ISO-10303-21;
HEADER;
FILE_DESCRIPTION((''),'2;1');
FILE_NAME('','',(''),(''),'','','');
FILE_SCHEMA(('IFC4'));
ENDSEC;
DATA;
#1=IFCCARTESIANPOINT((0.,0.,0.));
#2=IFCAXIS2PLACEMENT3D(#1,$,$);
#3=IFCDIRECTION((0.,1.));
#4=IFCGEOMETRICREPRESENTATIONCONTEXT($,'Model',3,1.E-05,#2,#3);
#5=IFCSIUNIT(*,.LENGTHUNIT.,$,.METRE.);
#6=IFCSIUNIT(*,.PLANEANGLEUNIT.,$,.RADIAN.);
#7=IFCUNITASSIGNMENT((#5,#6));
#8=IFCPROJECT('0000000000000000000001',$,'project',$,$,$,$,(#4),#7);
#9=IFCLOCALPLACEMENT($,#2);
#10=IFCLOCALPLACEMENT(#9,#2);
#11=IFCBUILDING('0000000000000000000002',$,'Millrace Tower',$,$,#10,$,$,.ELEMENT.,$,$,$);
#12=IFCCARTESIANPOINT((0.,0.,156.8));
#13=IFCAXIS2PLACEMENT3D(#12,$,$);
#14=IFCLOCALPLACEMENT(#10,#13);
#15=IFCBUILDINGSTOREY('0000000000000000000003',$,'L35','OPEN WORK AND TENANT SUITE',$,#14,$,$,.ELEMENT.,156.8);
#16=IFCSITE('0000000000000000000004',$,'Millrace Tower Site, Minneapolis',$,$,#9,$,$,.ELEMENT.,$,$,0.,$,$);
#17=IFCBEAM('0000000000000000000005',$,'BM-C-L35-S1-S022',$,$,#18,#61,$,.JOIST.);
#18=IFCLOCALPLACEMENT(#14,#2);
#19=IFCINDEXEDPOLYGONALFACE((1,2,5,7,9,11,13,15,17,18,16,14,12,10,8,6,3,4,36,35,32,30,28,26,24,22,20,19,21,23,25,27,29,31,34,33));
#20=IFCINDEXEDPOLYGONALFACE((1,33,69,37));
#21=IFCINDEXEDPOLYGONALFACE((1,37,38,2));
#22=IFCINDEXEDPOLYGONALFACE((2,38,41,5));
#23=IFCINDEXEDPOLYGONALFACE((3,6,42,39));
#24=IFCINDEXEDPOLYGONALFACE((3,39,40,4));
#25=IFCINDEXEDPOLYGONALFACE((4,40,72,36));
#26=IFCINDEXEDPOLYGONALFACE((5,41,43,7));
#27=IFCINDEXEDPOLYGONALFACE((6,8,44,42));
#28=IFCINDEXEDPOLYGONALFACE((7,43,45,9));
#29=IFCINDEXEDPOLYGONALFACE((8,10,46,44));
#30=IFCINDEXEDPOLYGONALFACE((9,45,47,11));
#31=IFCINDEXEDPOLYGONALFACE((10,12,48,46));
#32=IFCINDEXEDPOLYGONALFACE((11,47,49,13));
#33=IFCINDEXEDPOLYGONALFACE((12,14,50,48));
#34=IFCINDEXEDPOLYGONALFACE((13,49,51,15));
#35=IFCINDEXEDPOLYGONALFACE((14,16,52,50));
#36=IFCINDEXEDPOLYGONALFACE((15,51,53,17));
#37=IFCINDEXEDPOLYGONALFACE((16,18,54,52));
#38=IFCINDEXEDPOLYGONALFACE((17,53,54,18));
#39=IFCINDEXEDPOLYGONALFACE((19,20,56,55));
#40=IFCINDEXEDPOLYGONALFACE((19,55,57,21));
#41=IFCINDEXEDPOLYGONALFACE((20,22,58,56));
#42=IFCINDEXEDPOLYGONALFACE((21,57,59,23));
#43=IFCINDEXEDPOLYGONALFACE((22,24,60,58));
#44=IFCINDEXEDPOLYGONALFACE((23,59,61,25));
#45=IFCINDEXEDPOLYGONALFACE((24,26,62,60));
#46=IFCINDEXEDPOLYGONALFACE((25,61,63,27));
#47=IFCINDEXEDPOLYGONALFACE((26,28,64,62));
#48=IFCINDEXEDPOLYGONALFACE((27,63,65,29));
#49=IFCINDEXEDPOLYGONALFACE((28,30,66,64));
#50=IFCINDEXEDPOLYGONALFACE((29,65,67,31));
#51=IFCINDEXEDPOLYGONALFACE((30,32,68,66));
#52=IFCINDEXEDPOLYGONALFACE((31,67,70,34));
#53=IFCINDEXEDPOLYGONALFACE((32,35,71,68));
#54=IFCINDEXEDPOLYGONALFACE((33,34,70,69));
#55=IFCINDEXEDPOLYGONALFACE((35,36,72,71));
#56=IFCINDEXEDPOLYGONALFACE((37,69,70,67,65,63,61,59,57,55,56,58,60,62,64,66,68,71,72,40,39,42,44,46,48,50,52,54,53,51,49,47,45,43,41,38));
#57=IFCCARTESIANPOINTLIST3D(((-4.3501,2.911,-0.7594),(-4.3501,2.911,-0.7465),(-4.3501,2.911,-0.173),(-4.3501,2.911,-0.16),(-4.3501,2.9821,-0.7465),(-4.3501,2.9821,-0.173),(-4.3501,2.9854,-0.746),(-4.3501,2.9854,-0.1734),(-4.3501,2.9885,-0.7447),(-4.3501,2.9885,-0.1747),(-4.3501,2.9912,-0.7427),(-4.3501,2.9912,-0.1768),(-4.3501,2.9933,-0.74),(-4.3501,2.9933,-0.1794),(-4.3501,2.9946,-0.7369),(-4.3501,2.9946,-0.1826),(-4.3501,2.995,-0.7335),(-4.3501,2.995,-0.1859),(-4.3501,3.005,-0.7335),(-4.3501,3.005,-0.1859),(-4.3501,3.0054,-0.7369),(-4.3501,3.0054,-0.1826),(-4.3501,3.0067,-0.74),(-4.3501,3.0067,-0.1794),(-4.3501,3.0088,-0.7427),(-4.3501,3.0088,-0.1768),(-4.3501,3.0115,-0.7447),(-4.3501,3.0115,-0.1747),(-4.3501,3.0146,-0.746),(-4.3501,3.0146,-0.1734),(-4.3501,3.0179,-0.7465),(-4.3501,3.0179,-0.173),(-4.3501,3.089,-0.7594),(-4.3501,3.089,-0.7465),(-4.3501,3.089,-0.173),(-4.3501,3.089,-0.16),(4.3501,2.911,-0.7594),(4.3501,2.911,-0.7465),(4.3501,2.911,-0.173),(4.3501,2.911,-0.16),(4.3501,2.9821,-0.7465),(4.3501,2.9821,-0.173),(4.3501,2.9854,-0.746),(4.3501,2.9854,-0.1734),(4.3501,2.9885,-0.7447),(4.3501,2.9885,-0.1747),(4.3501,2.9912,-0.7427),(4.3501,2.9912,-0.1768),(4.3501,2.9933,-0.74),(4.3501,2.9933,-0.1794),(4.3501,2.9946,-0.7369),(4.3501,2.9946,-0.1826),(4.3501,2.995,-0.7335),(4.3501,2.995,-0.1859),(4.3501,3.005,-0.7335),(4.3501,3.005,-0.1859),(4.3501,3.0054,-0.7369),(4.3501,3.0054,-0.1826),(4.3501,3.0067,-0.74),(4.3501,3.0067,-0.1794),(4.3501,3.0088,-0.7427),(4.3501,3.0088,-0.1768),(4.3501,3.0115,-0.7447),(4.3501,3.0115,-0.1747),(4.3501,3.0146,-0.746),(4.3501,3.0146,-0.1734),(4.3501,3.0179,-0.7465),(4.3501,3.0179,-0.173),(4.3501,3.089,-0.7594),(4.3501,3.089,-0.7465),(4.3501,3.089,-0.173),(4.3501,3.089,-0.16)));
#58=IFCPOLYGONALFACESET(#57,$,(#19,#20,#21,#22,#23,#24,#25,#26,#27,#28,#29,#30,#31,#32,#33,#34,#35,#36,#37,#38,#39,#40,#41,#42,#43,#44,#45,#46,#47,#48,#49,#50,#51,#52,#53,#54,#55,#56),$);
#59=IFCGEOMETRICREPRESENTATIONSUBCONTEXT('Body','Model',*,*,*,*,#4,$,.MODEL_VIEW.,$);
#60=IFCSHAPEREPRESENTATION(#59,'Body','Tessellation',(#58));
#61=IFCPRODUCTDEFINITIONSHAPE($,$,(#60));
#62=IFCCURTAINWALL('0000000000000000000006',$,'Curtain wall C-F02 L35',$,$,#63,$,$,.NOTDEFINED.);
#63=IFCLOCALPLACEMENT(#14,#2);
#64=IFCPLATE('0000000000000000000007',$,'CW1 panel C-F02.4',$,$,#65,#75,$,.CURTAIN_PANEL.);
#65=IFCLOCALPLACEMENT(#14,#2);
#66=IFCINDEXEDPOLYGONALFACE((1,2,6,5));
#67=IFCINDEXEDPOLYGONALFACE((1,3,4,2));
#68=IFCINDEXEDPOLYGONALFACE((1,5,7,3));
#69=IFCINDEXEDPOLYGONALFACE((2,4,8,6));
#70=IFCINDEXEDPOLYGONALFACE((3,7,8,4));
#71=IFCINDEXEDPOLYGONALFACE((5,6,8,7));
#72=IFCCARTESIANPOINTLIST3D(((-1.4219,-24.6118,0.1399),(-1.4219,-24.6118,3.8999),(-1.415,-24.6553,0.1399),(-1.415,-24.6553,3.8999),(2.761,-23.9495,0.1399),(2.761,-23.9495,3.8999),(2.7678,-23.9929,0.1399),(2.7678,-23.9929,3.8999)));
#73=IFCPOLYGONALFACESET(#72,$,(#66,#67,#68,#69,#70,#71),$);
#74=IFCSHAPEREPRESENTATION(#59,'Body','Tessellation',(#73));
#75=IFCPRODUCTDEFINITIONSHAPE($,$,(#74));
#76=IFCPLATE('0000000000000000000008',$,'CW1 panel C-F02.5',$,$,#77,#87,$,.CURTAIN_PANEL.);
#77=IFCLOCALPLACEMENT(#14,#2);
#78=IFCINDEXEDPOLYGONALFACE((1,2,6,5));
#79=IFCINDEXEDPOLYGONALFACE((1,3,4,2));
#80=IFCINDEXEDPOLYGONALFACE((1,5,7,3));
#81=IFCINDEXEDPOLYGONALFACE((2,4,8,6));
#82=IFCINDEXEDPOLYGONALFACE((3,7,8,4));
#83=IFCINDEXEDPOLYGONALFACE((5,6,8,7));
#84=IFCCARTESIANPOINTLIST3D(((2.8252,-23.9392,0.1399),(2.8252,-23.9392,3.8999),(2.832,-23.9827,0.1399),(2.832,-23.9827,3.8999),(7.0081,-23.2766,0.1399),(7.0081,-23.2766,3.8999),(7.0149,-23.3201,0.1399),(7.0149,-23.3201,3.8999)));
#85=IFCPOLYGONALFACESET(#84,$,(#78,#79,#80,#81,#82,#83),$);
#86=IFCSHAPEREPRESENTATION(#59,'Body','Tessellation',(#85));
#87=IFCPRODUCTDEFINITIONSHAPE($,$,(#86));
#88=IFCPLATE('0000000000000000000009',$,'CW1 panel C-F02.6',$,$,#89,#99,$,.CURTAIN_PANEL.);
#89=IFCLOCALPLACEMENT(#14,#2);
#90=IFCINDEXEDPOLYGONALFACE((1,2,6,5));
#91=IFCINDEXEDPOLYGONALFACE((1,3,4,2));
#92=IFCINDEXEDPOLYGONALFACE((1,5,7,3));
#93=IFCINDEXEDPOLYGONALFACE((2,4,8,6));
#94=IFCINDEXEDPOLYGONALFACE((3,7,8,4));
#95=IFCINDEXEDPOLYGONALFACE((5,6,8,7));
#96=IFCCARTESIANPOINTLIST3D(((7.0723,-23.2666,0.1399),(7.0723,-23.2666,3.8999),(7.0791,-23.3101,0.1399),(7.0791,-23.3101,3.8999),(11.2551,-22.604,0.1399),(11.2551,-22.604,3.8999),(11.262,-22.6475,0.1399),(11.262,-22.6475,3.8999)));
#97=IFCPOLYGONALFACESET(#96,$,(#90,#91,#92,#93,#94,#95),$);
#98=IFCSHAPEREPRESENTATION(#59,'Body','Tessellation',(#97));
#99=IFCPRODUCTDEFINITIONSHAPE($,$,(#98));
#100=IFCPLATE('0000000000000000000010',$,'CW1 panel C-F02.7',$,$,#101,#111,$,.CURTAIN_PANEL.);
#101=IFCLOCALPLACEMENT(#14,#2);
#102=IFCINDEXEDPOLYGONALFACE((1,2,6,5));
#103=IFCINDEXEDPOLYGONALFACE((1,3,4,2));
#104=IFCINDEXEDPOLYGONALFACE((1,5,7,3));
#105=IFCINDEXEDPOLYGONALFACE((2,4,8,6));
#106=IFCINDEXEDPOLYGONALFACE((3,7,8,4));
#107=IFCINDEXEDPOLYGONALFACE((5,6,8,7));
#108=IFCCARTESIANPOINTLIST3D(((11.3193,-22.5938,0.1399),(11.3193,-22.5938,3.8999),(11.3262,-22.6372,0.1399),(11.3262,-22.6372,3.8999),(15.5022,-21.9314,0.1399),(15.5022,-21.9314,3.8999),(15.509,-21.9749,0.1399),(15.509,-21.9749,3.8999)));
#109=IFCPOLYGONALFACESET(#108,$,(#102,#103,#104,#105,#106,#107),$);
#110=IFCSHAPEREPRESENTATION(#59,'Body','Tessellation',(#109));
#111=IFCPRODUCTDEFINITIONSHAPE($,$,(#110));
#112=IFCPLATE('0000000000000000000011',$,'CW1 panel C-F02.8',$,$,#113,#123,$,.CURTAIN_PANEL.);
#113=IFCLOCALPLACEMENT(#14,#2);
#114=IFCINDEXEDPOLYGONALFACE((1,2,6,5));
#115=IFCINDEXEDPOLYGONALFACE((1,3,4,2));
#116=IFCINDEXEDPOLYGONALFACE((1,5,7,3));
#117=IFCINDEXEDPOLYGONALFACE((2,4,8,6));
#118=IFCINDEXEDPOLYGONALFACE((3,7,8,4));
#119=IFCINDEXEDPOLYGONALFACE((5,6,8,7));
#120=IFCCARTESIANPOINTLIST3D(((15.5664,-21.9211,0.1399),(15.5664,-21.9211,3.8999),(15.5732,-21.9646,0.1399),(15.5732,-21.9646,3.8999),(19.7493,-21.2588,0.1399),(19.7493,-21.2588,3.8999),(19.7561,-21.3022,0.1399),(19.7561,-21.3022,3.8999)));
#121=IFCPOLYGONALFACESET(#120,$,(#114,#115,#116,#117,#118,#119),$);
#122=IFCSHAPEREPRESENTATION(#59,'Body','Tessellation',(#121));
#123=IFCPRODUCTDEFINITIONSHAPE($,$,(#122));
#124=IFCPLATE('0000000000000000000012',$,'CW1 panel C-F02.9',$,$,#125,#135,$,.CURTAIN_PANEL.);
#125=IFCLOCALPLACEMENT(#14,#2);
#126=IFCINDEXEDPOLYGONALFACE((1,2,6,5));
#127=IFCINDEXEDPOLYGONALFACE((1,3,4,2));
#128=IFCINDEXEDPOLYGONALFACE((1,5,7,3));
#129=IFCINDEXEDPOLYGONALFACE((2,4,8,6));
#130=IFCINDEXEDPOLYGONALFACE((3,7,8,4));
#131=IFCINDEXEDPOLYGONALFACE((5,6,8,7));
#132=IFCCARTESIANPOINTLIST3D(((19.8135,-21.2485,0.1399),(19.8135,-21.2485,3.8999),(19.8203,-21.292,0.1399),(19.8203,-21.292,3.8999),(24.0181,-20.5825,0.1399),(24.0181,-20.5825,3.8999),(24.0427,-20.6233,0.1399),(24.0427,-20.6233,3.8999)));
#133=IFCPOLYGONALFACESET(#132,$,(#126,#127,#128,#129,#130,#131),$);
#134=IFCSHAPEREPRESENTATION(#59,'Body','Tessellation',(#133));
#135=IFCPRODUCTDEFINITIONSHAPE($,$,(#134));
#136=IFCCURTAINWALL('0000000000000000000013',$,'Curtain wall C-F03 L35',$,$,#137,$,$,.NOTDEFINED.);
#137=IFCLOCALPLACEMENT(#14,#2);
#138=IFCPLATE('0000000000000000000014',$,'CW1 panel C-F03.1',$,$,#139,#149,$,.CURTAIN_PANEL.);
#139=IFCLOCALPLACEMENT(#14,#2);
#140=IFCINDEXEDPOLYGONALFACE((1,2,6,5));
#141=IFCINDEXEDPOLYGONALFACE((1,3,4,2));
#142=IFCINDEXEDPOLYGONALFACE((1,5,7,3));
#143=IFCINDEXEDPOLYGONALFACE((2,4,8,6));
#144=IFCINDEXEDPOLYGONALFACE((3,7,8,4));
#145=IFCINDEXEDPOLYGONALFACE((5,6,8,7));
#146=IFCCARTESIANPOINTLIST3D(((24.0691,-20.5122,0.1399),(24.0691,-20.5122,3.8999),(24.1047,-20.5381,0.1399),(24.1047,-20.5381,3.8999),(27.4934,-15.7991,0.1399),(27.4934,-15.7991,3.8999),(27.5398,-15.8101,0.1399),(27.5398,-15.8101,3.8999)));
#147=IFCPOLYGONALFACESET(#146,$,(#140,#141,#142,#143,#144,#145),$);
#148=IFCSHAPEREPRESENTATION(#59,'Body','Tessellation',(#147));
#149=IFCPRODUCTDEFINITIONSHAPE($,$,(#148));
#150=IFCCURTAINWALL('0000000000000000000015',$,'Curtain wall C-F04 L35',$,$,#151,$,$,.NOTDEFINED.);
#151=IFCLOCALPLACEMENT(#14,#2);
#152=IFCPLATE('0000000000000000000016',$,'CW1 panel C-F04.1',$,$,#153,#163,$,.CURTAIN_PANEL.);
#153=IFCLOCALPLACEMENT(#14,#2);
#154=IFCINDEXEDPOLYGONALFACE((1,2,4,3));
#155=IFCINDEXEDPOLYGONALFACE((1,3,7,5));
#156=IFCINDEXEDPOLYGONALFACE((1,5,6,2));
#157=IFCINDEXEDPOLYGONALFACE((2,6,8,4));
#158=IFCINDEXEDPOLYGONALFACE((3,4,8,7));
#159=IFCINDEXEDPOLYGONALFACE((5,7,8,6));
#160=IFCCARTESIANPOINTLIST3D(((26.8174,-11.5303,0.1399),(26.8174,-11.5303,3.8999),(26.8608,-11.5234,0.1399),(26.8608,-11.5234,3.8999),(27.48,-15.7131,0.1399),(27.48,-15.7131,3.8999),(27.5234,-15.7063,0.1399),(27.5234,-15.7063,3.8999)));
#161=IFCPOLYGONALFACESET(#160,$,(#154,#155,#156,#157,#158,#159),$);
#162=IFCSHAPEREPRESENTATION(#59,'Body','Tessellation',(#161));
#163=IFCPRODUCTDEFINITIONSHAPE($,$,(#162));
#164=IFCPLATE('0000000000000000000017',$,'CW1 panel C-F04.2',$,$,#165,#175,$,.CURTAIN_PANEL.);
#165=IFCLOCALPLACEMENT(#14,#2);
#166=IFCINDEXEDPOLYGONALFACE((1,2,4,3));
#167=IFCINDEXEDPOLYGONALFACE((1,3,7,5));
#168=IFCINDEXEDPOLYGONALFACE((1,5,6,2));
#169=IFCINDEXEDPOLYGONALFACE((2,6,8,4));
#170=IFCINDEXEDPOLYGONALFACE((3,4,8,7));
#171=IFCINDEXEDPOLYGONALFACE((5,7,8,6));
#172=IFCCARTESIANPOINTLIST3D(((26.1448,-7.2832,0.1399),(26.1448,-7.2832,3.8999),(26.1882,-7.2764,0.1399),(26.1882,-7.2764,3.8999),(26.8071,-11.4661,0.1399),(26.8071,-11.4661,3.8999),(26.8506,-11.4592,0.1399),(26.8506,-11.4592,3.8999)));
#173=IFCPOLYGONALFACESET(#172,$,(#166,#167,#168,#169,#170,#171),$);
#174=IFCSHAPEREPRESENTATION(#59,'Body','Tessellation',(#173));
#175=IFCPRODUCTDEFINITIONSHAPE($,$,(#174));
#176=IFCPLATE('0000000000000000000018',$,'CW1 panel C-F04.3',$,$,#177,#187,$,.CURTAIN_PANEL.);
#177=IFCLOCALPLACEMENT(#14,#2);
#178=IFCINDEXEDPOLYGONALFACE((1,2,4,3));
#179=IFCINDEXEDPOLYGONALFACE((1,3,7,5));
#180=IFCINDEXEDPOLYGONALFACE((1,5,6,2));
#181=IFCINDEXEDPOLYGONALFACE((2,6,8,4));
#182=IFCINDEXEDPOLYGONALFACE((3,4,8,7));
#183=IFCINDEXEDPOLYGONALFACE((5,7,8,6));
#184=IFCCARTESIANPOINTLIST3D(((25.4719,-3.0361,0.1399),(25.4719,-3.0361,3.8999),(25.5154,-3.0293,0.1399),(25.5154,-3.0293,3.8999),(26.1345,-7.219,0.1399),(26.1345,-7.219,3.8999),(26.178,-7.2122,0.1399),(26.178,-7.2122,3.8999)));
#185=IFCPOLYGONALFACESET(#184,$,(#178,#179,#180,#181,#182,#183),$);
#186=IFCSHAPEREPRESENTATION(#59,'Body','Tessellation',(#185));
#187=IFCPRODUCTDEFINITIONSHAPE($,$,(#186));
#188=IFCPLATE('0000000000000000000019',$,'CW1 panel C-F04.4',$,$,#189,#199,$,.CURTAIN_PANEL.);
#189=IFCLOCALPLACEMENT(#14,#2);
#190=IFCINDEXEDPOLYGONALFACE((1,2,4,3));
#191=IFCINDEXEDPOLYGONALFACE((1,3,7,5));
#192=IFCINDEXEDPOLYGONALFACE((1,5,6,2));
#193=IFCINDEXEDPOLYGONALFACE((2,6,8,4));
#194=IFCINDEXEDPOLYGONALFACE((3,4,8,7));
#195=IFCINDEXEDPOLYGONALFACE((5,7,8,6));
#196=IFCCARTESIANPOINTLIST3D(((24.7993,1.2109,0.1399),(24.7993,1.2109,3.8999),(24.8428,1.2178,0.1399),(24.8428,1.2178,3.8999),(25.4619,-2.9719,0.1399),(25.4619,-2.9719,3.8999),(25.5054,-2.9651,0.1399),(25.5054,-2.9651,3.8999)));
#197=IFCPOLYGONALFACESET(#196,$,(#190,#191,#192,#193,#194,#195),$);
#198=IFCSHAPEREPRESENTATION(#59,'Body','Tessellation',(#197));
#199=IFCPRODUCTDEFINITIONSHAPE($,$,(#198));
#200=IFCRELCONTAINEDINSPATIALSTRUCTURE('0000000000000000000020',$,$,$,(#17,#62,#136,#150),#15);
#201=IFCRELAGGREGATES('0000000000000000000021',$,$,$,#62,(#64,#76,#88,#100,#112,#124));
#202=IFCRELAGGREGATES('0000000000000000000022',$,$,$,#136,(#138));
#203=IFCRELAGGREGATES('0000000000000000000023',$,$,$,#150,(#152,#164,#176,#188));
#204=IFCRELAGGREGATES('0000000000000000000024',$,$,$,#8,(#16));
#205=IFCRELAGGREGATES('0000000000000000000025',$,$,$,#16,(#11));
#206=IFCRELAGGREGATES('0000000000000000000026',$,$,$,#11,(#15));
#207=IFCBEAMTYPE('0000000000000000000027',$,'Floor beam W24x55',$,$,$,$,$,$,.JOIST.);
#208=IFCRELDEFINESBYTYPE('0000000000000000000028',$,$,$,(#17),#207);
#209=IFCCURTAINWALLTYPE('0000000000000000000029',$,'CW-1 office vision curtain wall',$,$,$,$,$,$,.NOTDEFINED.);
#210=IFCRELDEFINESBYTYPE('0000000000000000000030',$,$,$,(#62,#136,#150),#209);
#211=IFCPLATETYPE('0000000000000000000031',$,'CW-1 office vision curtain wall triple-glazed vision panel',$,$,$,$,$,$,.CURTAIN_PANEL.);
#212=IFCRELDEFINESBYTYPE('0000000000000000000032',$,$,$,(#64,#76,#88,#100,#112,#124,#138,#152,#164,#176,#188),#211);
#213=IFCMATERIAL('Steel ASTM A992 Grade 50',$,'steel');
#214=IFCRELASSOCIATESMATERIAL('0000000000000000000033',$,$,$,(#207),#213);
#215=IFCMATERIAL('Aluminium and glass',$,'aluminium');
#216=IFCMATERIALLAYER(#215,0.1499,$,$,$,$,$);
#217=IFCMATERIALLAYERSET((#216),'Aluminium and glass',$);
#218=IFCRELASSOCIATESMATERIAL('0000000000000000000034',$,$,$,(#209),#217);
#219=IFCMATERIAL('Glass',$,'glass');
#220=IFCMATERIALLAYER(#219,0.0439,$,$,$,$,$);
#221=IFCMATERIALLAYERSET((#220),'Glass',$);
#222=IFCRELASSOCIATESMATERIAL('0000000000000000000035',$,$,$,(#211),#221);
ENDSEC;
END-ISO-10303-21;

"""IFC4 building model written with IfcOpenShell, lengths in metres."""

from ifc_helpers import new_model, si_unit, direction, frame, origin, origin_2d, place, context, subcontext, project, spatial, polyline, i_section, outline, extrude, material, layer, layer_set, material_profile, profile_set, type_object, element, aggregate, save


model = new_model("IFC4")

# Units and contexts
model_context = context("Model", 3, precision=1e-05, world=origin(), true_north=direction((0.0, 1.0)))
body_context = subcontext(model_context, "Body", "Model", "MODEL_VIEW")
ifc_project = project(units=[si_unit("LENGTHUNIT", "METRE"), si_unit("PLANEANGLEUNIT", "RADIAN")], contexts=[model_context])

# Site, building, storey
site_placement = place(None, origin())
site = spatial("IfcSite", under=ifc_project, at=site_placement, Name="Millrace Tower Site, Minneapolis", CompositionType="ELEMENT", RefElevation=0.0)
building_placement = place(site_placement, origin())
building = spatial("IfcBuilding", under=site, at=building_placement, Name="Millrace Tower", CompositionType="ELEMENT")
storey_placement = place(building_placement, frame((0.0, 0.0, 156.8)))
storey = spatial("IfcBuildingStorey", under=building, at=storey_placement, Name="L35", Description="OPEN WORK AND TENANT SUITE", CompositionType="ELEMENT", Elevation=156.8)

# Beam
ifc_material_1 = material(Name="Steel ASTM A992 Grade 50", Category="steel")
ifc_material_profile = material_profile(ifc_material_1, i_section(OverallWidth=0.178, OverallDepth=0.5994, WebThickness=0.01, FlangeThickness=0.0129, FilletRadius=0.0129, at=origin_2d()))
ifc_profile_set = profile_set([ifc_material_profile], Name="Steel ASTM A992 Grade 50")
beam_type = type_object("IfcBeamType", Name="Floor beam W24x55", PredefinedType="JOIST", material=ifc_profile_set)
beam_placement = place(storey_placement, frame((-4.3501, 3.0, -0.4597), z_axis=(1.0, 0.0, 0.0), x_axis=(0.0, 1.0, 0.0)))
element("IfcBeam", 1, at=beam_placement, inside=storey, type_object=beam_type, Name="BM-C-L35-S1-S022", PredefinedType="JOIST", context=body_context, shape_type="SweptSolid", body=[
    extrude(i_section(OverallWidth=0.178, OverallDepth=0.5994, WebThickness=0.01, FlangeThickness=0.0129, FilletRadius=0.0129, at=origin_2d()), origin(), (0.0, 0.0, 1.0), 8.7002),
])

# Curtain wall, plates
ifc_material_2 = material(Name="Aluminium and glass", Category="aluminium")
ifc_layer_1 = layer(ifc_material_2, 0.1499)
ifc_layer_set_1 = layer_set([ifc_layer_1], Name="Aluminium and glass")
curtain_wall_type = type_object("IfcCurtainWallType", Name="CW-1 office vision curtain wall", PredefinedType="NOTDEFINED", material=ifc_layer_set_1)
placement_1 = place(storey_placement, origin())
curtain_wall_1 = element("IfcCurtainWall", 2, at=placement_1, inside=storey, type_object=curtain_wall_type, Name="Curtain wall C-F02 L35", PredefinedType="NOTDEFINED")
ifc_material_3 = material(Name="Glass", Category="glass")
ifc_layer_2 = layer(ifc_material_3, 0.0439)
ifc_layer_set_2 = layer_set([ifc_layer_2], Name="Glass")
plate_type = type_object("IfcPlateType", Name="CW-1 office vision curtain wall triple-glazed vision panel", PredefinedType="CURTAIN_PANEL", material=ifc_layer_set_2)
placement_2 = place(storey_placement, frame((0.0, 0.0, 0.1399)))
plate_1 = element("IfcPlate", 3, at=placement_2, type_object=plate_type, Name="CW1 panel C-F02.4", PredefinedType="CURTAIN_PANEL", context=body_context, shape_type="SweptSolid", body=[
    extrude(outline(polyline([(-1.415, -24.6553), (2.7678, -23.9929), (2.761, -23.9495), (-1.4219, -24.6118), (-1.415, -24.6553)])), origin(), (0.0, 0.0, 1.0), 3.76),
])
plate_2 = element("IfcPlate", 4, at=placement_2, type_object=plate_type, Name="CW1 panel C-F02.5", PredefinedType="CURTAIN_PANEL", context=body_context, shape_type="SweptSolid", body=[
    extrude(outline(polyline([(2.832, -23.9827), (7.0149, -23.3201), (7.0081, -23.2766), (2.8252, -23.9392), (2.832, -23.9827)])), origin(), (0.0, 0.0, 1.0), 3.76),
])
plate_3 = element("IfcPlate", 5, at=placement_2, type_object=plate_type, Name="CW1 panel C-F02.6", PredefinedType="CURTAIN_PANEL", context=body_context, shape_type="SweptSolid", body=[
    extrude(outline(polyline([(7.0791, -23.3101), (11.262, -22.6475), (11.2551, -22.604), (7.0723, -23.2666), (7.0791, -23.3101)])), origin(), (0.0, 0.0, 1.0), 3.76),
])
plate_4 = element("IfcPlate", 6, at=placement_2, type_object=plate_type, Name="CW1 panel C-F02.7", PredefinedType="CURTAIN_PANEL", context=body_context, shape_type="SweptSolid", body=[
    extrude(outline(polyline([(11.3262, -22.6372), (15.509, -21.9749), (15.5022, -21.9314), (11.3193, -22.5938), (11.3262, -22.6372)])), origin(), (0.0, 0.0, 1.0), 3.76),
])
plate_5 = element("IfcPlate", 7, at=placement_2, type_object=plate_type, Name="CW1 panel C-F02.8", PredefinedType="CURTAIN_PANEL", context=body_context, shape_type="SweptSolid", body=[
    extrude(outline(polyline([(15.5732, -21.9646), (19.7561, -21.3022), (19.7493, -21.2588), (15.5664, -21.9211), (15.5732, -21.9646)])), origin(), (0.0, 0.0, 1.0), 3.76),
])
plate_6 = element("IfcPlate", 8, at=placement_2, type_object=plate_type, Name="CW1 panel C-F02.9", PredefinedType="CURTAIN_PANEL", context=body_context, shape_type="SweptSolid", body=[
    extrude(outline(polyline([(19.8203, -21.292), (24.0427, -20.6233), (24.0181, -20.5825), (19.8135, -21.2485), (19.8203, -21.292)])), origin(), (0.0, 0.0, 1.0), 3.76),
])
aggregate(curtain_wall_1, [plate_1, plate_2, plate_3, plate_4, plate_5, plate_6])

# Curtain wall, plate
curtain_wall_2 = element("IfcCurtainWall", 9, at=placement_1, inside=storey, type_object=curtain_wall_type, Name="Curtain wall C-F03 L35", PredefinedType="NOTDEFINED")
plate_7 = element("IfcPlate", 10, at=placement_2, type_object=plate_type, Name="CW1 panel C-F03.1", PredefinedType="CURTAIN_PANEL", context=body_context, shape_type="SweptSolid", body=[
    extrude(outline(polyline([(24.1047, -20.5381), (27.5398, -15.8101), (27.4934, -15.7991), (24.0691, -20.5122), (24.1047, -20.5381)])), origin(), (0.0, 0.0, 1.0), 3.76),
])
aggregate(curtain_wall_2, [plate_7])

# Curtain wall, plates
curtain_wall_3 = element("IfcCurtainWall", 11, at=placement_1, inside=storey, type_object=curtain_wall_type, Name="Curtain wall C-F04 L35", PredefinedType="NOTDEFINED")
plate_8 = element("IfcPlate", 12, at=placement_2, type_object=plate_type, Name="CW1 panel C-F04.1", PredefinedType="CURTAIN_PANEL", context=body_context, shape_type="SweptSolid", body=[
    extrude(outline(polyline([(27.5234, -15.7063), (26.8608, -11.5234), (26.8174, -11.5303), (27.48, -15.7131), (27.5234, -15.7063)])), origin(), (0.0, 0.0, 1.0), 3.76),
])
plate_9 = element("IfcPlate", 13, at=placement_2, type_object=plate_type, Name="CW1 panel C-F04.2", PredefinedType="CURTAIN_PANEL", context=body_context, shape_type="SweptSolid", body=[
    extrude(outline(polyline([(26.8506, -11.4592), (26.1882, -7.2764), (26.1448, -7.2832), (26.8071, -11.4661), (26.8506, -11.4592)])), origin(), (0.0, 0.0, 1.0), 3.76),
])
plate_10 = element("IfcPlate", 14, at=placement_2, type_object=plate_type, Name="CW1 panel C-F04.3", PredefinedType="CURTAIN_PANEL", context=body_context, shape_type="SweptSolid", body=[
    extrude(outline(polyline([(26.178, -7.2122), (25.5154, -3.0293), (25.4719, -3.0361), (26.1345, -7.219), (26.178, -7.2122)])), origin(), (0.0, 0.0, 1.0), 3.76),
])
plate_11 = element("IfcPlate", 15, at=placement_2, type_object=plate_type, Name="CW1 panel C-F04.4", PredefinedType="CURTAIN_PANEL", context=body_context, shape_type="SweptSolid", body=[
    extrude(outline(polyline([(25.5054, -2.9651), (24.8428, 1.2178), (24.7993, 1.2109), (25.4619, -2.9719), (25.5054, -2.9651)])), origin(), (0.0, 0.0, 1.0), 3.76),
])
aggregate(curtain_wall_3, [plate_8, plate_9, plate_10, plate_11])

save(model, "model.ifc")
